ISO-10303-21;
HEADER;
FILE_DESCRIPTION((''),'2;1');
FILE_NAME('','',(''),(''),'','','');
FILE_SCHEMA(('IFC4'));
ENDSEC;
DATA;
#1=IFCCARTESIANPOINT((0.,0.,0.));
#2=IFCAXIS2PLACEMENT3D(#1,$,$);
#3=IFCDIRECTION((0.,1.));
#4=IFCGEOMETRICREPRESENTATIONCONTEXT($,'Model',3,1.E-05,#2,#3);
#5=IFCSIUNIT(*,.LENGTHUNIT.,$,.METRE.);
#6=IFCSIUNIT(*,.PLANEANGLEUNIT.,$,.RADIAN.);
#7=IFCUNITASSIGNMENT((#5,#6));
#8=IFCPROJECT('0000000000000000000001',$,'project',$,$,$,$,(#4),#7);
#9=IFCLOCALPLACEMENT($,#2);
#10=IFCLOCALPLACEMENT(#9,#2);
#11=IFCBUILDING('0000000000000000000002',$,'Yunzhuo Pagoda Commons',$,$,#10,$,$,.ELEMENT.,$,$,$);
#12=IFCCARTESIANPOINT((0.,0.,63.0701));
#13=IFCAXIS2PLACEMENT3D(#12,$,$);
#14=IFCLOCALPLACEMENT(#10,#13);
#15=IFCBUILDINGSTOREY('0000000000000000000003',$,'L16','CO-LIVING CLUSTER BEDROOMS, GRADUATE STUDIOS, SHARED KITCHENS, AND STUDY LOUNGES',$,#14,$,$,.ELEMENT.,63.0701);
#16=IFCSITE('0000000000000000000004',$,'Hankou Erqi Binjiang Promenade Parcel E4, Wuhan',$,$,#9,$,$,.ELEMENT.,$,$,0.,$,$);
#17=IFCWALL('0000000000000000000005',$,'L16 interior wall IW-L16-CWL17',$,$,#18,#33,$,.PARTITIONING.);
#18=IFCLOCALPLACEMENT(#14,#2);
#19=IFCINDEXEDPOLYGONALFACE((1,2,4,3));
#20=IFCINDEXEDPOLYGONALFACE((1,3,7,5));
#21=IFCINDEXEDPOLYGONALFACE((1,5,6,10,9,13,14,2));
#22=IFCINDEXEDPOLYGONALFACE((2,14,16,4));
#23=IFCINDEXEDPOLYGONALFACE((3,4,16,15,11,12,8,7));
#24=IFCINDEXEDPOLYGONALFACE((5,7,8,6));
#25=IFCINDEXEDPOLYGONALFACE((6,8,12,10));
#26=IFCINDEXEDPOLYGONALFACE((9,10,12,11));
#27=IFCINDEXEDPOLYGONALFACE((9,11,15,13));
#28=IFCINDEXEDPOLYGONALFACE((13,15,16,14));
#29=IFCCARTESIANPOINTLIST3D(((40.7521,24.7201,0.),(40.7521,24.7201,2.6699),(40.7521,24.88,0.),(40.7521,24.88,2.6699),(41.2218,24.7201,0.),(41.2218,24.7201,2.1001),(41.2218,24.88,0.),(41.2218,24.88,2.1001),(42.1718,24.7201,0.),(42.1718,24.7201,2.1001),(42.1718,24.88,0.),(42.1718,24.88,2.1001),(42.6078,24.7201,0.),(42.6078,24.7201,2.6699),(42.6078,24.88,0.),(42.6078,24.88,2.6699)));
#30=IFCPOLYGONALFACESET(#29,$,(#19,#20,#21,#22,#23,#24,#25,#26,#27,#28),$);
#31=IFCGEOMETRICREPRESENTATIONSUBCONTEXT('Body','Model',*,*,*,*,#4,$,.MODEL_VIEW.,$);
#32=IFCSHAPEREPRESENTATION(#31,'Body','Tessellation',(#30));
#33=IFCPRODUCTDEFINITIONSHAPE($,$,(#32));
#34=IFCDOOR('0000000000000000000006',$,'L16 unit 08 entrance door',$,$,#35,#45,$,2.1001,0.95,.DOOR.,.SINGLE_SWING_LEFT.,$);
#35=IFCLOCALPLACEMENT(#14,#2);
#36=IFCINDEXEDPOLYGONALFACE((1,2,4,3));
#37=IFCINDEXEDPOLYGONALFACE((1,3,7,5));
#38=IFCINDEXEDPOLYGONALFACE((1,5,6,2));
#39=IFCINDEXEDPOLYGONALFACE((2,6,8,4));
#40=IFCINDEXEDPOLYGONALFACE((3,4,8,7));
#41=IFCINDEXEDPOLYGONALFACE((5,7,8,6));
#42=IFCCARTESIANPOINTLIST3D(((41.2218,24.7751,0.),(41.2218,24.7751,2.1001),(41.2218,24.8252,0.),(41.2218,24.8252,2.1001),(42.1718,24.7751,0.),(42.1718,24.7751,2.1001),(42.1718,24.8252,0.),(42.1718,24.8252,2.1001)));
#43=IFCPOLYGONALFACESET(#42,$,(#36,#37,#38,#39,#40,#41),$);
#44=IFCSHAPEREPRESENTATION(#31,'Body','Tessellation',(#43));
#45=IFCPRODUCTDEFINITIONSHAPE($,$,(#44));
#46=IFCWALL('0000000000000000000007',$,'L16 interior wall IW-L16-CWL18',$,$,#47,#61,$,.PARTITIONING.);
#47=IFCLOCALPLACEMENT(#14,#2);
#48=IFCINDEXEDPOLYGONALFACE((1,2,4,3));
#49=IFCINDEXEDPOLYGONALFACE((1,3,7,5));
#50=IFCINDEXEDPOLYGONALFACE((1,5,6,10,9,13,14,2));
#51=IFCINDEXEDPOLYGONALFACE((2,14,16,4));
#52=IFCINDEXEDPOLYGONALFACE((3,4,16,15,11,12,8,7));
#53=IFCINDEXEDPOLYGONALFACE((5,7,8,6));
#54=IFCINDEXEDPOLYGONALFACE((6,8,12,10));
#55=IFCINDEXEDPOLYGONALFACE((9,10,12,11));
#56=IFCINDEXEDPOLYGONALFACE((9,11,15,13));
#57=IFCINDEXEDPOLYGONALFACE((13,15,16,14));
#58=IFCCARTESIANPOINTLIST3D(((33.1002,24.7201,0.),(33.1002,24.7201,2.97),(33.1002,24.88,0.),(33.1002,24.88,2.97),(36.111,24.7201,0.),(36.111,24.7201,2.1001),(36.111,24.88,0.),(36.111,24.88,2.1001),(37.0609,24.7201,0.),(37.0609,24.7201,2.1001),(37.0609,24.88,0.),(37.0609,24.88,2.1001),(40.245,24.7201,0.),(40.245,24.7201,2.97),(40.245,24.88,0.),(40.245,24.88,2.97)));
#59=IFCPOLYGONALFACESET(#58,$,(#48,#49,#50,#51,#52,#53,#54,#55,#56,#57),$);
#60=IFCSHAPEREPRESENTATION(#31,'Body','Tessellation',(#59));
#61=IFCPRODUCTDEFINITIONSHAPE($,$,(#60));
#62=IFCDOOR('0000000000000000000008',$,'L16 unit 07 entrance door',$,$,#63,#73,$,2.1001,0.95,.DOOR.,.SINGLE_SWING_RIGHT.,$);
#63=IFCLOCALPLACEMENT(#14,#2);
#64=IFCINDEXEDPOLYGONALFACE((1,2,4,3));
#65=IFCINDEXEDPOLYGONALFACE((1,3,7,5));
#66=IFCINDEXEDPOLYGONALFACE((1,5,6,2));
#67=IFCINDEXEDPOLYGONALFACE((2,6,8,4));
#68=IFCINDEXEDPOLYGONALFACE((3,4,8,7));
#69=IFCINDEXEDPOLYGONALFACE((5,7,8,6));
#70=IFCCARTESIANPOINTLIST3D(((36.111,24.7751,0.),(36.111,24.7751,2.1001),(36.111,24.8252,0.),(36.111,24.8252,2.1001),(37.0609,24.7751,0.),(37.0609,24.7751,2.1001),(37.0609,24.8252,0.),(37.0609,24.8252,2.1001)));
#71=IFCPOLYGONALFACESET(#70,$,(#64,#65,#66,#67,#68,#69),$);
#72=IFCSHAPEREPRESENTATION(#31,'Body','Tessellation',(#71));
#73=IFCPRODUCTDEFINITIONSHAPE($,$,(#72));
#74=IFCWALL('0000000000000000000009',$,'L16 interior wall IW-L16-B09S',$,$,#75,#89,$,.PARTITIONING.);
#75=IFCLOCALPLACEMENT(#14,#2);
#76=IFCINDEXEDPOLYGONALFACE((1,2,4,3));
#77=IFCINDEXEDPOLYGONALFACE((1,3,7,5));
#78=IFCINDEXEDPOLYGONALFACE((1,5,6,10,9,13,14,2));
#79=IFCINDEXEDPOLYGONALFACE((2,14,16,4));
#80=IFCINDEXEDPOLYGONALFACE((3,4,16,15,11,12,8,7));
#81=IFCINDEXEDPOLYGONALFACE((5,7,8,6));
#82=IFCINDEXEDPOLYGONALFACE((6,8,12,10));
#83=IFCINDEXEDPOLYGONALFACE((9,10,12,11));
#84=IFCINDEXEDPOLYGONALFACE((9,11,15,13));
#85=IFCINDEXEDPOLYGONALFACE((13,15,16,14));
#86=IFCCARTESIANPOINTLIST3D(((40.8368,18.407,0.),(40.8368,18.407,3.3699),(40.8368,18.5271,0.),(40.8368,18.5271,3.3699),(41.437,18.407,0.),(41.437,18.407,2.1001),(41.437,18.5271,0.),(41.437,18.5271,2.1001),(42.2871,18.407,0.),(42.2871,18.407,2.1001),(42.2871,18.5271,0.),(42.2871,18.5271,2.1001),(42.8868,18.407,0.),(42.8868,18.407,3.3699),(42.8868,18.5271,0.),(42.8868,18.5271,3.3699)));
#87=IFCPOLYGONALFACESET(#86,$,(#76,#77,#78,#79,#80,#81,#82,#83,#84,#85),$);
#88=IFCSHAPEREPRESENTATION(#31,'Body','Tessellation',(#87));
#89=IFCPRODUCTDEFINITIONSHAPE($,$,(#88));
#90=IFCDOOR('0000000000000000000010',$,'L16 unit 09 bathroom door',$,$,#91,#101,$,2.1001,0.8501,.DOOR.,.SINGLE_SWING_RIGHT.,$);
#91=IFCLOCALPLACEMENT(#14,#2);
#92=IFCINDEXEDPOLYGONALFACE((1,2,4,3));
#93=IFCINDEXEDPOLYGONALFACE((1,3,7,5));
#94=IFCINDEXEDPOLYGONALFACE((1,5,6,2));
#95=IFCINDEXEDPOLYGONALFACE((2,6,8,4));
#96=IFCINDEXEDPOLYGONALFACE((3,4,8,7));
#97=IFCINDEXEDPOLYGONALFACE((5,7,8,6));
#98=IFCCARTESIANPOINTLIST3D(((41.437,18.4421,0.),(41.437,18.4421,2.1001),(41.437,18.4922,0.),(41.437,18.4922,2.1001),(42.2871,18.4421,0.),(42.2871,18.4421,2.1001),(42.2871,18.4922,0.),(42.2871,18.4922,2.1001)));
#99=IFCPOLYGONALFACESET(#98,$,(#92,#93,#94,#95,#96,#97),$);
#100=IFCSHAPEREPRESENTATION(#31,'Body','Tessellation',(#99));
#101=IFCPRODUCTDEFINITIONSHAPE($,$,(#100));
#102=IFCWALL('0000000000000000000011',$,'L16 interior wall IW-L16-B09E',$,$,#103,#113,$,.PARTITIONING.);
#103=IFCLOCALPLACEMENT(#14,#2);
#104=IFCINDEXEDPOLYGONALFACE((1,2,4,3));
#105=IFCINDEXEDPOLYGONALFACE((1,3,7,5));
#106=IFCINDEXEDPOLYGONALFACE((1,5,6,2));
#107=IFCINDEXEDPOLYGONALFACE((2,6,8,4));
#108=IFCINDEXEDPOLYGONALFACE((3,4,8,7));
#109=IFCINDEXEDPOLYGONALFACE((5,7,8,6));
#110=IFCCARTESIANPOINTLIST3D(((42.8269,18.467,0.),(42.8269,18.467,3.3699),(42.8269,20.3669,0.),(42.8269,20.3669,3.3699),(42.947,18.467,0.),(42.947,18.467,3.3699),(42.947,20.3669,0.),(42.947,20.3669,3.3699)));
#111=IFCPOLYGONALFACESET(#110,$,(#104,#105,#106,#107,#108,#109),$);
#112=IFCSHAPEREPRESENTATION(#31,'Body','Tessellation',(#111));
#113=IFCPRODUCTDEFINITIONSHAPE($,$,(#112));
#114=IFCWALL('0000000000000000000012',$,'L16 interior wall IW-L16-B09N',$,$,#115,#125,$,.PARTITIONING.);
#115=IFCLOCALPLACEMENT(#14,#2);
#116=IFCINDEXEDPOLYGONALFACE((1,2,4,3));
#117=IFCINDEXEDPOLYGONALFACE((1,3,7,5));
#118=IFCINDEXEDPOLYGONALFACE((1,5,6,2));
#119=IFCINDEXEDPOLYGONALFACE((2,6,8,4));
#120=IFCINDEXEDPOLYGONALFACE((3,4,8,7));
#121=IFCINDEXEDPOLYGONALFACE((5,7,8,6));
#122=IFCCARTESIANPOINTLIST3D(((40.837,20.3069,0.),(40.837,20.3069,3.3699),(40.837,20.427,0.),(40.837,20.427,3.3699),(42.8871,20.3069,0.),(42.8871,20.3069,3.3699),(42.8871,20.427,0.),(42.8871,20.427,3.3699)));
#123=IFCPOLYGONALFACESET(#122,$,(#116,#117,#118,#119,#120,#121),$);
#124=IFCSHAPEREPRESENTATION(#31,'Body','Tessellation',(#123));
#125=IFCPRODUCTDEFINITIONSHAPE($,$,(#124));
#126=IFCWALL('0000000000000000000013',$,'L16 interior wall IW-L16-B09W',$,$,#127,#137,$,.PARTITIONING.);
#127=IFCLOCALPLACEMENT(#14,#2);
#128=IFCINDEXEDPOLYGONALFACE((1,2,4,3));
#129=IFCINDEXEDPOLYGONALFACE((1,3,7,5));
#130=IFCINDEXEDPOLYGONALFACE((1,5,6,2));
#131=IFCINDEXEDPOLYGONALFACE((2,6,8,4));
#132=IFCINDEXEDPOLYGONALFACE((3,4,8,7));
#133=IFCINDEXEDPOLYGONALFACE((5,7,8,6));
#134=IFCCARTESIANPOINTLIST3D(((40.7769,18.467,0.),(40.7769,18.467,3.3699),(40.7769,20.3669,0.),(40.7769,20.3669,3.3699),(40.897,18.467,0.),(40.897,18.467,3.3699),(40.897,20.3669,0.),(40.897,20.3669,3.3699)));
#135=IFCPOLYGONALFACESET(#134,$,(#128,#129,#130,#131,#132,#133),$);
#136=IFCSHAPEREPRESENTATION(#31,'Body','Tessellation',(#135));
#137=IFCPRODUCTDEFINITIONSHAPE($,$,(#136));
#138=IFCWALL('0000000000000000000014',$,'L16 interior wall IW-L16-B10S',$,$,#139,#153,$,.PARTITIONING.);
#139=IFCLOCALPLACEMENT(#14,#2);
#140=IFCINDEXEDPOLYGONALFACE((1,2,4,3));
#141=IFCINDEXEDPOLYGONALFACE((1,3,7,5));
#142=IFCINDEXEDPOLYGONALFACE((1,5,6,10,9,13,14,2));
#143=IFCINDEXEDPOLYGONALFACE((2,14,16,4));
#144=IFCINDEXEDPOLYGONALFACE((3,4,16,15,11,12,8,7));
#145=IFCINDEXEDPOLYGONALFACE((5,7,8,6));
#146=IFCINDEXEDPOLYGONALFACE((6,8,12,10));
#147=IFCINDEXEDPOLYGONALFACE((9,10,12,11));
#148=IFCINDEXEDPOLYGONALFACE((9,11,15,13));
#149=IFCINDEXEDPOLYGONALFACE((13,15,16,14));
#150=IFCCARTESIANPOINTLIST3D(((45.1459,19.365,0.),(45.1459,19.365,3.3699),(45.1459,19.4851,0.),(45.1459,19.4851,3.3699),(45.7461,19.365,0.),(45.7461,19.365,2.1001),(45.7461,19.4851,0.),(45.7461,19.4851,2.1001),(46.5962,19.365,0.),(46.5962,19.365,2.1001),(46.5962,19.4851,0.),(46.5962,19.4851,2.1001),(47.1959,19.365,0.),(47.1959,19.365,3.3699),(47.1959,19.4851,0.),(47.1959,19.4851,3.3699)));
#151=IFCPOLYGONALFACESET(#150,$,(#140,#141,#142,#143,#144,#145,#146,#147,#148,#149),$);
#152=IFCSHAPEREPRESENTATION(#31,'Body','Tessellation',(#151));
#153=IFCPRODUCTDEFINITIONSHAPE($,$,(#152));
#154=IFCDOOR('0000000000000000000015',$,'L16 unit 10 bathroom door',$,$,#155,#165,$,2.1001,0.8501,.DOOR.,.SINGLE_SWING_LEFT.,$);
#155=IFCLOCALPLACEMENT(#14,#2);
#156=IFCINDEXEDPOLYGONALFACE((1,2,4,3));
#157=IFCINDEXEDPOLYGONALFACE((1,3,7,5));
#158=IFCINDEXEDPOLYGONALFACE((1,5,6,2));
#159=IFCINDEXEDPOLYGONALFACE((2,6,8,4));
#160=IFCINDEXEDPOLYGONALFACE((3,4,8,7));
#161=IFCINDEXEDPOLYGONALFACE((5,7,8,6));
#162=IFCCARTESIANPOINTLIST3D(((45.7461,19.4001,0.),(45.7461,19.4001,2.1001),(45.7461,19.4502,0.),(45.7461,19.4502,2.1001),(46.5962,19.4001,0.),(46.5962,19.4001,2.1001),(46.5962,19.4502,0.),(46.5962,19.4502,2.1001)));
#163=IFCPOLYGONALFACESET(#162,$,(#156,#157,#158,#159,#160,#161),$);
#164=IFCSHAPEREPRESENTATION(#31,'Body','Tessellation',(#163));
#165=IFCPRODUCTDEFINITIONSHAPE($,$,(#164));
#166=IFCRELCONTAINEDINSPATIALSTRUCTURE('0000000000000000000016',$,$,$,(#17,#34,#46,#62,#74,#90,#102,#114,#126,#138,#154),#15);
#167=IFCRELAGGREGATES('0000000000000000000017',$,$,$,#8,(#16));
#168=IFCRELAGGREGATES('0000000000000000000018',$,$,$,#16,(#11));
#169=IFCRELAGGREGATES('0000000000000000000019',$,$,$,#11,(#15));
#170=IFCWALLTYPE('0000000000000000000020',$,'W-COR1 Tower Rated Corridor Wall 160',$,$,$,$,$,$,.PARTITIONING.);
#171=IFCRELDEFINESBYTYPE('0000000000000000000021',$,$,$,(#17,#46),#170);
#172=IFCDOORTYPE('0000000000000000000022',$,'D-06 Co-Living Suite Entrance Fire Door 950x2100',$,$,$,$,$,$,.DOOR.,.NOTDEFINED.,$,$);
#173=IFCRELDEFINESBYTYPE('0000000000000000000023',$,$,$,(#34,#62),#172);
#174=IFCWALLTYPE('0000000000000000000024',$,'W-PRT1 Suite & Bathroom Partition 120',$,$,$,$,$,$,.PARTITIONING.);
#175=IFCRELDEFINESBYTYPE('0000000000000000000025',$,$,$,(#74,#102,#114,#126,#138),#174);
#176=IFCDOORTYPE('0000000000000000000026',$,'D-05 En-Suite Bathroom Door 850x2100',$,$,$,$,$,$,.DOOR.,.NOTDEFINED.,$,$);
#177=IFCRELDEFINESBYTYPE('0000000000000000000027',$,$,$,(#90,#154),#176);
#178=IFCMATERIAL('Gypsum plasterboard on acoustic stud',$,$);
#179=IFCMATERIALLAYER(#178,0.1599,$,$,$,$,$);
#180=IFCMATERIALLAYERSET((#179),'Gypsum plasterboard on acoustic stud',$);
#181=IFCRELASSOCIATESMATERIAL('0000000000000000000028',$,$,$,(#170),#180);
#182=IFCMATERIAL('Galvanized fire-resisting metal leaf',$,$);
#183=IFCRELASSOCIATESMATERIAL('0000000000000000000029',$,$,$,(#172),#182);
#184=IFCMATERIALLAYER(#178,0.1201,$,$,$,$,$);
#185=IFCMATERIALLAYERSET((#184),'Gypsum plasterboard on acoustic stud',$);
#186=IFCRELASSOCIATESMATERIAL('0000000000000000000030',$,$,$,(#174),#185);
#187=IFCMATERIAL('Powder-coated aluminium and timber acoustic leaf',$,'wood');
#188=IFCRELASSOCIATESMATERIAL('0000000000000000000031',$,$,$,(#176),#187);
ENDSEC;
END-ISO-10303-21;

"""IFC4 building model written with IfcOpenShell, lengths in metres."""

from ifc_helpers import new_model, si_unit, direction, frame, frame_2d, origin, origin_with_axes, place, context, subcontext, project, spatial, rectangle, extrude, source, transform, mapped, material, layer, layer_set, type_object, element, fill, save


model = new_model("IFC4")

# Units and contexts
model_context = context("Model", 3, precision=1e-05, world=origin(), true_north=direction((0.0, 1.0)))
body_context = subcontext(model_context, "Body", "Model", "MODEL_VIEW")
ifc_project = project(units=[si_unit("LENGTHUNIT", "METRE"), si_unit("PLANEANGLEUNIT", "RADIAN")], contexts=[model_context])

# Site, building, storey
site_placement = place(None, origin())
site = spatial("IfcSite", under=ifc_project, at=site_placement, Name="Hankou Erqi Binjiang Promenade Parcel E4, Wuhan", CompositionType="ELEMENT", RefElevation=0.0)
building_placement = place(site_placement, origin())
building = spatial("IfcBuilding", under=site, at=building_placement, Name="Yunzhuo Pagoda Commons", CompositionType="ELEMENT")
storey_placement = place(building_placement, frame((0.0, 0.0, 63.0701)))
storey = spatial("IfcBuildingStorey", under=building, at=storey_placement, Name="L16", Description="CO-LIVING CLUSTER BEDROOMS, GRADUATE STUDIOS, SHARED KITCHENS, AND STUDY LOUNGES", CompositionType="ELEMENT", Elevation=63.0701)

# Walls, openings, doors
ifc_material_1 = material(Name="Gypsum plasterboard on acoustic stud")
ifc_layer_1 = layer(ifc_material_1, 0.1599)
ifc_layer_set_1 = layer_set([ifc_layer_1], Name="Gypsum plasterboard on acoustic stud")
wall_type_1 = type_object("IfcWallType", Name="W-COR1 Tower Rated Corridor Wall 160", PredefinedType="PARTITIONING", material=ifc_layer_set_1)
ifc_material_2 = material(Name="Galvanized fire-resisting metal leaf")
door_type_1 = type_object("IfcDoorType", Name="D-06 Co-Living Suite Entrance Fire Door 950x2100", OperationType="NOTDEFINED", PredefinedType="DOOR", material=ifc_material_2)
shared_shape_1 = source(origin(), body_context, "Body", "SweptSolid", [
    extrude(rectangle(XDim=0.95, YDim=2.1001, at=frame_2d((0.4751, 1.05))), frame((0.0, 0.0249, 0.0), z_axis=(0.0, -1.0, 0.0), x_axis=(1.0, 0.0, 0.0)), (0.0, 0.0, 1.0), 0.05),
])
wall_1_placement = place(storey_placement, frame((42.6077, 24.8, 0.0), z_axis=(0.0, 0.0, 1.0), x_axis=(-1.0, 0.0, 0.0)))
wall_1 = element("IfcWall", 1, at=wall_1_placement, inside=storey, type_object=wall_type_1, Name="L16 interior wall IW-L16-CWL17", PredefinedType="PARTITIONING", context=body_context, shape_type="SweptSolid", body=[
    extrude(rectangle(XDim=1.8557, YDim=0.1599, at=frame_2d((0.9277, 0.0))), origin(), (0.0, 0.0, 1.0), 2.6699),
])
opening_1_placement = place(wall_1_placement, frame((0.4358, 0.0, 0.0)))
opening_1 = element("IfcOpeningElement", 2, at=opening_1_placement, cuts=wall_1, PredefinedType="OPENING", context=body_context, shape_type="SweptSolid", body=[
    extrude(rectangle(XDim=0.95, YDim=2.1001, at=frame_2d((0.4751, 1.05))), frame((0.0, 0.0898, 0.0), z_axis=(0.0, -1.0, 0.0), x_axis=(1.0, 0.0, 0.0)), (0.0, 0.0, 1.0), 0.1799),
])
door_1_placement = place(opening_1_placement, origin_with_axes())
door_1 = element("IfcDoor", 3, at=door_1_placement, inside=storey, type_object=door_type_1, Name="L16 unit 08 entrance door", OperationType="SINGLE_SWING_LEFT", OverallHeight=2.1001, OverallWidth=0.95, PredefinedType="DOOR", context=body_context, shape_type="MappedRepresentation", body=[
    mapped(shared_shape_1, transform((0.0, 0.0, 0.0), scale=1.0)),
])
fill(opening_1, door_1)
wall_2_placement = place(storey_placement, frame((40.2449, 24.8, 0.0), z_axis=(0.0, 0.0, 1.0), x_axis=(-1.0, 0.0, 0.0)))
wall_2 = element("IfcWall", 4, at=wall_2_placement, inside=storey, type_object=wall_type_1, Name="L16 interior wall IW-L16-CWL18", PredefinedType="PARTITIONING", context=body_context, shape_type="SweptSolid", body=[
    extrude(rectangle(XDim=7.1448, YDim=0.1599, at=frame_2d((3.5723, 0.0))), origin(), (0.0, 0.0, 1.0), 2.97),
])
opening_2_placement = place(wall_2_placement, frame((3.1838, 0.0, 0.0)))
opening_2 = element("IfcOpeningElement", 5, at=opening_2_placement, cuts=wall_2, PredefinedType="OPENING", context=body_context, shape_type="SweptSolid", body=[
    extrude(rectangle(XDim=0.95, YDim=2.1001, at=frame_2d((0.4751, 1.05))), frame((0.0, 0.0898, 0.0), z_axis=(0.0, -1.0, 0.0), x_axis=(1.0, 0.0, 0.0)), (0.0, 0.0, 1.0), 0.1799),
])
door_2_placement = place(opening_2_placement, origin_with_axes())
door_2 = element("IfcDoor", 6, at=door_2_placement, inside=storey, type_object=door_type_1, Name="L16 unit 07 entrance door", OperationType="SINGLE_SWING_RIGHT", OverallHeight=2.1001, OverallWidth=0.95, PredefinedType="DOOR", context=body_context, shape_type="MappedRepresentation", body=[
    mapped(shared_shape_1, transform((0.0, 0.0, 0.0), scale=1.0)),
])
fill(opening_2, door_2)
ifc_layer_2 = layer(ifc_material_1, 0.1201)
ifc_layer_set_2 = layer_set([ifc_layer_2], Name="Gypsum plasterboard on acoustic stud")
wall_type_2 = type_object("IfcWallType", Name="W-PRT1 Suite & Bathroom Partition 120", PredefinedType="PARTITIONING", material=ifc_layer_set_2)
wall_3_placement = place(storey_placement, frame((40.8369, 18.467, 0.0), z_axis=(0.0, 0.0, 1.0), x_axis=(1.0, 0.0, 0.0)))
wall_3 = element("IfcWall", 7, at=wall_3_placement, inside=storey, type_object=wall_type_2, Name="L16 interior wall IW-L16-B09S", PredefinedType="PARTITIONING", context=body_context, shape_type="SweptSolid", body=[
    extrude(rectangle(XDim=2.05, YDim=0.1201, at=frame_2d((1.0249, 0.0))), origin(), (0.0, 0.0, 1.0), 3.3699),
])
opening_3_placement = place(wall_3_placement, frame((0.6001, 0.0, 0.0)))
opening_3 = element("IfcOpeningElement", 8, at=opening_3_placement, cuts=wall_3, PredefinedType="OPENING", context=body_context, shape_type="SweptSolid", body=[
    extrude(rectangle(XDim=0.8501, YDim=2.1001, at=frame_2d((0.425, 1.05))), frame((0.0, 0.0701, 0.0), z_axis=(0.0, -1.0, 0.0), x_axis=(1.0, 0.0, 0.0)), (0.0, 0.0, 1.0), 0.1401),
])
ifc_material_3 = material(Name="Powder-coated aluminium and timber acoustic leaf", Category="wood")
door_type_2 = type_object("IfcDoorType", Name="D-05 En-Suite Bathroom Door 850x2100", OperationType="NOTDEFINED", PredefinedType="DOOR", material=ifc_material_3)
shared_shape_2 = source(origin(), body_context, "Body", "SweptSolid", [
    extrude(rectangle(XDim=0.8501, YDim=2.1001, at=frame_2d((0.425, 1.05))), frame((0.0, 0.0249, 0.0), z_axis=(0.0, -1.0, 0.0), x_axis=(1.0, 0.0, 0.0)), (0.0, 0.0, 1.0), 0.05),
])
door_3_placement = place(opening_3_placement, frame((0.8501, 0.0, 0.0), z_axis=(0.0, 0.0, 1.0), x_axis=(-1.0, 0.0, 0.0)))
door_3 = element("IfcDoor", 9, at=door_3_placement, inside=storey, type_object=door_type_2, Name="L16 unit 09 bathroom door", OperationType="SINGLE_SWING_RIGHT", OverallHeight=2.1001, OverallWidth=0.8501, PredefinedType="DOOR", context=body_context, shape_type="MappedRepresentation", body=[
    mapped(shared_shape_2, transform((0.0, 0.0, 0.0), scale=1.0)),
])
fill(opening_3, door_3)

# Walls
wall_4_placement = place(storey_placement, frame((42.887, 18.467, 0.0), z_axis=(0.0, 0.0, 1.0), x_axis=(0.0, 1.0, 0.0)))
element("IfcWall", 10, at=wall_4_placement, inside=storey, type_object=wall_type_2, Name="L16 interior wall IW-L16-B09E", PredefinedType="PARTITIONING", context=body_context, shape_type="SweptSolid", body=[
    extrude(rectangle(XDim=1.8999, YDim=0.1201, at=frame_2d((0.95, 0.0))), origin(), (0.0, 0.0, 1.0), 3.3699),
])
wall_5_placement = place(storey_placement, frame((42.887, 20.3669, 0.0), z_axis=(0.0, 0.0, 1.0), x_axis=(-1.0, 0.0, 0.0)))
element("IfcWall", 11, at=wall_5_placement, inside=storey, type_object=wall_type_2, Name="L16 interior wall IW-L16-B09N", PredefinedType="PARTITIONING", context=body_context, shape_type="SweptSolid", body=[
    extrude(rectangle(XDim=2.05, YDim=0.1201, at=frame_2d((1.0249, 0.0))), origin(), (0.0, 0.0, 1.0), 3.3699),
])
wall_6_placement = place(storey_placement, frame((40.8369, 20.3669, 0.0), z_axis=(0.0, 0.0, 1.0), x_axis=(0.0, -1.0, 0.0)))
element("IfcWall", 12, at=wall_6_placement, inside=storey, type_object=wall_type_2, Name="L16 interior wall IW-L16-B09W", PredefinedType="PARTITIONING", context=body_context, shape_type="SweptSolid", body=[
    extrude(rectangle(XDim=1.8999, YDim=0.1201, at=frame_2d((0.95, 0.0))), origin(), (0.0, 0.0, 1.0), 3.3699),
])

# Wall, opening, door
wall_7_placement = place(storey_placement, frame((45.146, 19.425, 0.0), z_axis=(0.0, 0.0, 1.0), x_axis=(1.0, 0.0, 0.0)))
wall_7 = element("IfcWall", 13, at=wall_7_placement, inside=storey, type_object=wall_type_2, Name="L16 interior wall IW-L16-B10S", PredefinedType="PARTITIONING", context=body_context, shape_type="SweptSolid", body=[
    extrude(rectangle(XDim=2.05, YDim=0.1201, at=frame_2d((1.0249, 0.0))), origin(), (0.0, 0.0, 1.0), 3.3699),
])
opening_4_placement = place(wall_7_placement, frame((0.6001, 0.0, 0.0)))
opening_4 = element("IfcOpeningElement", 14, at=opening_4_placement, cuts=wall_7, PredefinedType="OPENING", context=body_context, shape_type="SweptSolid", body=[
    extrude(rectangle(XDim=0.8501, YDim=2.1001, at=frame_2d((0.425, 1.05))), frame((0.0, 0.0701, 0.0), z_axis=(0.0, -1.0, 0.0), x_axis=(1.0, 0.0, 0.0)), (0.0, 0.0, 1.0), 0.1401),
])
door_4_placement = place(opening_4_placement, frame((0.8501, 0.0, 0.0), z_axis=(0.0, 0.0, 1.0), x_axis=(-1.0, 0.0, 0.0)))
door_4 = element("IfcDoor", 15, at=door_4_placement, inside=storey, type_object=door_type_2, Name="L16 unit 10 bathroom door", OperationType="SINGLE_SWING_LEFT", OverallHeight=2.1001, OverallWidth=0.8501, PredefinedType="DOOR", context=body_context, shape_type="MappedRepresentation", body=[
    mapped(shared_shape_2, transform((0.0, 0.0, 0.0), scale=1.0)),
])
fill(opening_4, door_4)

save(model, "model.ifc")
